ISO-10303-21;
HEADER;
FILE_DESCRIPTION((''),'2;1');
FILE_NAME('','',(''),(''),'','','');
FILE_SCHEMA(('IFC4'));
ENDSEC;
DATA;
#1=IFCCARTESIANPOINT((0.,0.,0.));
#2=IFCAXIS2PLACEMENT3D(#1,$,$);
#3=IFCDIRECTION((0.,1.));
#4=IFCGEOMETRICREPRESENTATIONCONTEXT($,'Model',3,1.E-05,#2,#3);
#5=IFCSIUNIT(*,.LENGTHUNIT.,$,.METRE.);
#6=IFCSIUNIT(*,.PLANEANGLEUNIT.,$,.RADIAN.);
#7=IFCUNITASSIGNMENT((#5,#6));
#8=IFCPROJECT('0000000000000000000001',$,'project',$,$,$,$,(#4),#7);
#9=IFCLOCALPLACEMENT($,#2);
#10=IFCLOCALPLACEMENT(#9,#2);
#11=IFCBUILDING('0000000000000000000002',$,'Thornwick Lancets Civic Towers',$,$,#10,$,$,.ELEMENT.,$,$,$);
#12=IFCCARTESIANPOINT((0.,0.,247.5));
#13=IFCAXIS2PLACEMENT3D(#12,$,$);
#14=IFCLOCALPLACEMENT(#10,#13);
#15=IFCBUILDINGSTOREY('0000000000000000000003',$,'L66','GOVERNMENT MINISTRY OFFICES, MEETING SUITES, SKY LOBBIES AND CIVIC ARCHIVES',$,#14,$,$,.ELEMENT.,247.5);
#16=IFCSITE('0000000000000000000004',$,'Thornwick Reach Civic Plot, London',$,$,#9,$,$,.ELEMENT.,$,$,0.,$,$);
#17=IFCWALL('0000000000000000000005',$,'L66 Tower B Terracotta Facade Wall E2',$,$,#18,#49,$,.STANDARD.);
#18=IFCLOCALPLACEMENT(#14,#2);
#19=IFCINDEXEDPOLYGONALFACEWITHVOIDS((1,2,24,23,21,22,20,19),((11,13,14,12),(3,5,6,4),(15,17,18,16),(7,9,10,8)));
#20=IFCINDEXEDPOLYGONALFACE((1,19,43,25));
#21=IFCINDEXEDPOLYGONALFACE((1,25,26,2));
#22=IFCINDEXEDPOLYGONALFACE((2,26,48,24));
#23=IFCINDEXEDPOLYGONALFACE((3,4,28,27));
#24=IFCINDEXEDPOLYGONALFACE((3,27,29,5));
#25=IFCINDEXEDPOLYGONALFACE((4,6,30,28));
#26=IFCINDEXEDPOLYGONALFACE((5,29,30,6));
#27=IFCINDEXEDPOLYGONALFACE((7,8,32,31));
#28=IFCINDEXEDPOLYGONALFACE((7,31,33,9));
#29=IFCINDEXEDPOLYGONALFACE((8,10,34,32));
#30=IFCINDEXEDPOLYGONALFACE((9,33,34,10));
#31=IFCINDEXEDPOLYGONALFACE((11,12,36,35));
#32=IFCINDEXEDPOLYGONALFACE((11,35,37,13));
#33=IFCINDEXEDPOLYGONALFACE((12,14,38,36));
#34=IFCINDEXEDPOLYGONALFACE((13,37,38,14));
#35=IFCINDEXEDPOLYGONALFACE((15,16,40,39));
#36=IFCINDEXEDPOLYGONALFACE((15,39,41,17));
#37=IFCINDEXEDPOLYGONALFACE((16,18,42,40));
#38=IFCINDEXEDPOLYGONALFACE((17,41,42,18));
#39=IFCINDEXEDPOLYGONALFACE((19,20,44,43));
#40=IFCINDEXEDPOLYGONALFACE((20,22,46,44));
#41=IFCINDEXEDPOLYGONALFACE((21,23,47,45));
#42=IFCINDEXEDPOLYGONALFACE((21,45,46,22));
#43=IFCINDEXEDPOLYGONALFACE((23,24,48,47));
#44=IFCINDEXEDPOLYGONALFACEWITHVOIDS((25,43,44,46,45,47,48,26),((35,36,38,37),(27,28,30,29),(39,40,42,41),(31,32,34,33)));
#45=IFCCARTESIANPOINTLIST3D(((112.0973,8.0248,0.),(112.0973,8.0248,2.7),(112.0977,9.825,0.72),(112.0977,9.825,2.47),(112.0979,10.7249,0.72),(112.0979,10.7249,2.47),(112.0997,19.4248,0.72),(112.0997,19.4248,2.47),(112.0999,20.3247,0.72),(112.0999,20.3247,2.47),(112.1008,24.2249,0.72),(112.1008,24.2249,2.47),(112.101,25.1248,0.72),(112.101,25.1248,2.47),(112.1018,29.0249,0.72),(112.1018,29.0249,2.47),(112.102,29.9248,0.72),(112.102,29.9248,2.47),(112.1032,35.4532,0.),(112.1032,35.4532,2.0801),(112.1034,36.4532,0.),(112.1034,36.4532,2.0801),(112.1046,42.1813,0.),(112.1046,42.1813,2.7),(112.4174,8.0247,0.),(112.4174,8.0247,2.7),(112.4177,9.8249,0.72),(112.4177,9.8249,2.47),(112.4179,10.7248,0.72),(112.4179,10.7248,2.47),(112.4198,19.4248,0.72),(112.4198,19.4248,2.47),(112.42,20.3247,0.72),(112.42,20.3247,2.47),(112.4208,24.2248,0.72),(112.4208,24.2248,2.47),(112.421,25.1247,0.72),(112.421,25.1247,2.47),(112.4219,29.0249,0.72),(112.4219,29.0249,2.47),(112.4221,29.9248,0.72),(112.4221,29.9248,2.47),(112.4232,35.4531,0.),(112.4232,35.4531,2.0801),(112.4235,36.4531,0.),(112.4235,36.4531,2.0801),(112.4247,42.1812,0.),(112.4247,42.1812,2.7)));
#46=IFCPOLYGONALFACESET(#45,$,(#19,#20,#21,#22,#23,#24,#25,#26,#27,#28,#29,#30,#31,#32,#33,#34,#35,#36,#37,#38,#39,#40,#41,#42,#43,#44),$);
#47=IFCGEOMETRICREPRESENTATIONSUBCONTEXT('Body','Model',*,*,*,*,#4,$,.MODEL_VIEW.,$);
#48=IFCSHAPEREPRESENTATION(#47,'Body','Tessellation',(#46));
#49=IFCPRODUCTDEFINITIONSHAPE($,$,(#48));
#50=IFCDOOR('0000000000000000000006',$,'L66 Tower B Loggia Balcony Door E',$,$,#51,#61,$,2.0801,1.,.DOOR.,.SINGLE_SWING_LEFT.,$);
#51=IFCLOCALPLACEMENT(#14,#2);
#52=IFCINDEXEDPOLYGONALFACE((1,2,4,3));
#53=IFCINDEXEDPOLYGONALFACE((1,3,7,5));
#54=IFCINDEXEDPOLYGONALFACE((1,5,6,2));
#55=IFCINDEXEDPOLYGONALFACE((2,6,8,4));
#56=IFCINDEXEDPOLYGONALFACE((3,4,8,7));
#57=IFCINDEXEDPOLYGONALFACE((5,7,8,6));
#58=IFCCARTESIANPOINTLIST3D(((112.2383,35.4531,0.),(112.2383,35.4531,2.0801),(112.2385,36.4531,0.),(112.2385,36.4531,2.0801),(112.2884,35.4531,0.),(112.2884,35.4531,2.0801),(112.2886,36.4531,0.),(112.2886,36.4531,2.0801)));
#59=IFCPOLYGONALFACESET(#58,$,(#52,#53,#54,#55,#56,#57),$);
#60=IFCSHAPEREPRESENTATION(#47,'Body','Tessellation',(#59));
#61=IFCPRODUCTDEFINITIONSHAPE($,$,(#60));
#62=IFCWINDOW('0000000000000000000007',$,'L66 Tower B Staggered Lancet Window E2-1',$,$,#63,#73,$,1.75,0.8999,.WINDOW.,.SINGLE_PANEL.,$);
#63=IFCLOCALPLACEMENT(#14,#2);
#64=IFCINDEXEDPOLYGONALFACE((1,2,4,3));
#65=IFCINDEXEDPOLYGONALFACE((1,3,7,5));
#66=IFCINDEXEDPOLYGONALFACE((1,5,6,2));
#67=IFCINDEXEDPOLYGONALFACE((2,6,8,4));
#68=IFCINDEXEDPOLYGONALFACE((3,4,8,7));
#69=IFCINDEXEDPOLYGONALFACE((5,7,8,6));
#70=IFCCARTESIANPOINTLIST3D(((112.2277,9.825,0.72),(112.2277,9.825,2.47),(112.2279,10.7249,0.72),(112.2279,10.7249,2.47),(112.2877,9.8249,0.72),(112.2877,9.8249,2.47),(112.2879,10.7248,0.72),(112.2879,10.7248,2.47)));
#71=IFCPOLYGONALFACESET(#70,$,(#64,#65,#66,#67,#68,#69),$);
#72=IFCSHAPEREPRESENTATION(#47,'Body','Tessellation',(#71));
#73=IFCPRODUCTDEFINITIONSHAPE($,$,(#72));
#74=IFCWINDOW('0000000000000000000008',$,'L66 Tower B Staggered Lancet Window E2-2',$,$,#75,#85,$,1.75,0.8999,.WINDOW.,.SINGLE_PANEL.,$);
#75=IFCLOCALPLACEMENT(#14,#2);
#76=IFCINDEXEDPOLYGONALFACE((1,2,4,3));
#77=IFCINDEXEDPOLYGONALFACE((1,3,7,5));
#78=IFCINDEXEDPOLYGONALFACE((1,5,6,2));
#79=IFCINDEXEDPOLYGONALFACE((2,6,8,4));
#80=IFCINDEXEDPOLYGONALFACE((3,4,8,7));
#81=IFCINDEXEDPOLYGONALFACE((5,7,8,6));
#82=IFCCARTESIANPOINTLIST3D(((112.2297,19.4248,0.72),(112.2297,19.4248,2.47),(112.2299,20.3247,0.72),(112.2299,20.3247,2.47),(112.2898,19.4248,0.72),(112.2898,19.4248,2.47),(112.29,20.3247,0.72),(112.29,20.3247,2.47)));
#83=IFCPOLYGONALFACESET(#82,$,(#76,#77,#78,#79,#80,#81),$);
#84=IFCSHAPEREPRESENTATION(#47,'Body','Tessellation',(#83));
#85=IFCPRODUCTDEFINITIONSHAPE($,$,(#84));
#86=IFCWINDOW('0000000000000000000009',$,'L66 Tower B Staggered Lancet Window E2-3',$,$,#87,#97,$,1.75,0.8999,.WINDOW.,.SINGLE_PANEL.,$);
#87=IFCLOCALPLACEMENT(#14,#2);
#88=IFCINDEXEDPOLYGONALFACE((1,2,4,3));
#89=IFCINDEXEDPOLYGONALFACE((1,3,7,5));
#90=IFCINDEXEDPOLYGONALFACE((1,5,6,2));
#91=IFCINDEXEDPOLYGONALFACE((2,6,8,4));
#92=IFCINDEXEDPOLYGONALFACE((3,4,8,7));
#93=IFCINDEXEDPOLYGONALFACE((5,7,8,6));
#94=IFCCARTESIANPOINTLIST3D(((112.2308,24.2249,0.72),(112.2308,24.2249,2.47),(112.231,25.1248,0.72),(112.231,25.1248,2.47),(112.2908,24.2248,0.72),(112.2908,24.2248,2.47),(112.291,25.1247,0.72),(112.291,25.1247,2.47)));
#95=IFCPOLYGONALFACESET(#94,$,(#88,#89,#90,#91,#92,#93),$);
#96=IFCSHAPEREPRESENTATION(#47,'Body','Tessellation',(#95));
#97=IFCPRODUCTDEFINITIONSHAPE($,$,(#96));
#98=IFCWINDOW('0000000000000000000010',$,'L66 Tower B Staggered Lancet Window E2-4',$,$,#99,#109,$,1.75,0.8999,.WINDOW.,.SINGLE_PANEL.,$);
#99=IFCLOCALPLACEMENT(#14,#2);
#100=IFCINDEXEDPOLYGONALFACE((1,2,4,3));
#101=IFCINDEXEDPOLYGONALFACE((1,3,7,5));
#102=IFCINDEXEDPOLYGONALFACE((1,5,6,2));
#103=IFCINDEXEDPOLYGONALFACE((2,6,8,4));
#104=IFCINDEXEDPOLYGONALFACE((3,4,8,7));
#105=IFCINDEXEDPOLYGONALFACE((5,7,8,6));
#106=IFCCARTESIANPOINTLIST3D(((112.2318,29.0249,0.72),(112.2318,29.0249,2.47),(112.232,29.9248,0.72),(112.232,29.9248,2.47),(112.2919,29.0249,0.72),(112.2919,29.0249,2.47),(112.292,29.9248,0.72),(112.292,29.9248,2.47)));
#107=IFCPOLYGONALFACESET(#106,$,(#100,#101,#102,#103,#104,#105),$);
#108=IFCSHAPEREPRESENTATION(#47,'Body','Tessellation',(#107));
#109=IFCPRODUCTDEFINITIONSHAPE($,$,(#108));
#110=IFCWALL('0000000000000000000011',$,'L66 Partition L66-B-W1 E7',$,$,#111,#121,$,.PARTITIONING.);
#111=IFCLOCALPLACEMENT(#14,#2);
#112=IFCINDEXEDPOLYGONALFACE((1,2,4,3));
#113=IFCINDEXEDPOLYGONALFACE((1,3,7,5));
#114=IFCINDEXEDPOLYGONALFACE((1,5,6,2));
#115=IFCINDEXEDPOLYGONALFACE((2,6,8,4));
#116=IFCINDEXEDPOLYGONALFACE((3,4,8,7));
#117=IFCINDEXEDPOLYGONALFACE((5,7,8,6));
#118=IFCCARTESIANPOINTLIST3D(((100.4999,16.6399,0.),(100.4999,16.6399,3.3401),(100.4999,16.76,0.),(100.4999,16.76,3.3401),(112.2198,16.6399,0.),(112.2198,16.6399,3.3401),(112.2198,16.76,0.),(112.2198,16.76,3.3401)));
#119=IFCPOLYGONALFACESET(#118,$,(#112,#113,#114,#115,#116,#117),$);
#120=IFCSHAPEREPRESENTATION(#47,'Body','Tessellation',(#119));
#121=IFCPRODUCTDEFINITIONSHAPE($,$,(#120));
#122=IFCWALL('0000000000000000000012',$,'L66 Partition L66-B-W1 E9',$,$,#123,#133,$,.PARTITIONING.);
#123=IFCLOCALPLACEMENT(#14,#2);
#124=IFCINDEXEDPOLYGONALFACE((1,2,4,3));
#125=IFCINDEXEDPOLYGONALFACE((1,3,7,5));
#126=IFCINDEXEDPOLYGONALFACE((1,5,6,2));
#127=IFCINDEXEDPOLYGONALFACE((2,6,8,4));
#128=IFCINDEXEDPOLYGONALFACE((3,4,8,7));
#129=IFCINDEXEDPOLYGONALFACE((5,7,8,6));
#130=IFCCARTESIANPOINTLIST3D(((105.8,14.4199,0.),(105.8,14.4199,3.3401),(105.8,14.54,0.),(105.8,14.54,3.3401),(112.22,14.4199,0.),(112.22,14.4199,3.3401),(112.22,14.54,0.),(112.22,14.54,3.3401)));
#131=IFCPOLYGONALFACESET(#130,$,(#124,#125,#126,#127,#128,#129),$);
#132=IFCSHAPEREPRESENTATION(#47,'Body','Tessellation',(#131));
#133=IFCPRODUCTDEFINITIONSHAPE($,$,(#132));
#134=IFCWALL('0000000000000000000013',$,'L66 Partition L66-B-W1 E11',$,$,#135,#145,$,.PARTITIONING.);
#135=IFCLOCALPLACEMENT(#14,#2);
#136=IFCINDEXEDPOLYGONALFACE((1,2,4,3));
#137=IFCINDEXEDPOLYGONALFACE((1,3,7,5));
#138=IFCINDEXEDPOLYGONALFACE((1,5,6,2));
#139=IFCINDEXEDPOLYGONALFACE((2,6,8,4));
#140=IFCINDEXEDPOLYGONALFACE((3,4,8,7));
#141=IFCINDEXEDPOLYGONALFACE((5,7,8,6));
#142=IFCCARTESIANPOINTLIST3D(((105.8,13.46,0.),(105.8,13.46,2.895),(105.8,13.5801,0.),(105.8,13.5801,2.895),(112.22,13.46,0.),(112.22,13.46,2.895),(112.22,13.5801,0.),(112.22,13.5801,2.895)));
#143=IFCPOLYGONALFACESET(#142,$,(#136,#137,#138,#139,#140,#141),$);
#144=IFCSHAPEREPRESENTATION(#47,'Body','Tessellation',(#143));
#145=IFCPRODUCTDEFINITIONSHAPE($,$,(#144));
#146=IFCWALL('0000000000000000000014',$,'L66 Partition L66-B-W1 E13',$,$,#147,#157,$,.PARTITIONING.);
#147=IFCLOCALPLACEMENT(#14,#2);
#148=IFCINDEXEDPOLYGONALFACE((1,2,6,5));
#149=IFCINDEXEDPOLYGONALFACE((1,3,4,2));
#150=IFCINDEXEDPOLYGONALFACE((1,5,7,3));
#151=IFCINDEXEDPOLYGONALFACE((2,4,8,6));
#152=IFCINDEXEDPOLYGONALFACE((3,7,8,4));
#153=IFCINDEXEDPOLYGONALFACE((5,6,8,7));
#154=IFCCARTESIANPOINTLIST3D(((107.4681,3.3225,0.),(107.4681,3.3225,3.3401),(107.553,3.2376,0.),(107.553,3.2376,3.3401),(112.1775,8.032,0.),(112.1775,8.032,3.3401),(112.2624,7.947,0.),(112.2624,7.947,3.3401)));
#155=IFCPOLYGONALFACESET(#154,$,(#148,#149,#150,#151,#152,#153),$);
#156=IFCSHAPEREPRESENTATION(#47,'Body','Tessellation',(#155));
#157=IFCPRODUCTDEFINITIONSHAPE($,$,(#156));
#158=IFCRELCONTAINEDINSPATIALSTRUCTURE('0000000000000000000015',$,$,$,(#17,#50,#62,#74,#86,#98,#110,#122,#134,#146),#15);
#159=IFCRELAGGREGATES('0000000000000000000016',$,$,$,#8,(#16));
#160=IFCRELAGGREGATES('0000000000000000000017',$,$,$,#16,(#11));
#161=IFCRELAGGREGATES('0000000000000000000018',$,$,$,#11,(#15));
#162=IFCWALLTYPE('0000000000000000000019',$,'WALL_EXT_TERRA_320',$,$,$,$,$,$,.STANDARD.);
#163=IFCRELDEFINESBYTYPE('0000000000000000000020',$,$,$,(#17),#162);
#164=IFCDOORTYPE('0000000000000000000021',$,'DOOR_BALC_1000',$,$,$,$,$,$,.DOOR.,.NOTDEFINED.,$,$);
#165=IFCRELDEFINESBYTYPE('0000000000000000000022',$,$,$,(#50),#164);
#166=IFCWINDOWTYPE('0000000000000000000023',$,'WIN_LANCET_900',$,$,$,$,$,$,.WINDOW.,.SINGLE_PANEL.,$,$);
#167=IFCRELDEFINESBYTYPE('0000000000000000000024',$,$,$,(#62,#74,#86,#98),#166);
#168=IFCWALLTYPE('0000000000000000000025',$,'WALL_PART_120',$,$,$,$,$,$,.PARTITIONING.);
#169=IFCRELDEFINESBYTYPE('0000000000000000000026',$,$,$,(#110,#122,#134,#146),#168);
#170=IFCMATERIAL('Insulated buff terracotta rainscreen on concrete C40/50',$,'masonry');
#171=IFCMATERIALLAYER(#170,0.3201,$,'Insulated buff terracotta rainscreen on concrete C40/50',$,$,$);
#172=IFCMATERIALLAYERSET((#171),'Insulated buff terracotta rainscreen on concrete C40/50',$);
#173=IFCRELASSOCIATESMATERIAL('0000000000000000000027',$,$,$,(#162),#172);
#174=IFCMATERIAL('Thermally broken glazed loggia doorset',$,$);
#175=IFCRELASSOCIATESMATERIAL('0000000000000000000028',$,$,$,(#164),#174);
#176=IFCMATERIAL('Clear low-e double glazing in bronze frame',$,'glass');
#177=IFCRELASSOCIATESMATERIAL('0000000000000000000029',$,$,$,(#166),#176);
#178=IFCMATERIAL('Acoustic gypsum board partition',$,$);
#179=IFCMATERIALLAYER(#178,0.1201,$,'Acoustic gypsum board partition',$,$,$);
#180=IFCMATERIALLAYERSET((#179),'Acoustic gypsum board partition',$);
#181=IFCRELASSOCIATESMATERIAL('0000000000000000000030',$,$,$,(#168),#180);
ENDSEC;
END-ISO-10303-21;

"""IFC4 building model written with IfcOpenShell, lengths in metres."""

from ifc_helpers import new_model, si_unit, direction, frame, frame_2d, origin, place, context, subcontext, project, spatial, rectangle, extrude, material, layer, layer_set, type_object, element, fill, save


model = new_model("IFC4")

# Units and contexts
model_context = context("Model", 3, precision=1e-05, world=origin(), true_north=direction((0.0, 1.0)))
body_context = subcontext(model_context, "Body", "Model", "MODEL_VIEW")
ifc_project = project(units=[si_unit("LENGTHUNIT", "METRE"), si_unit("PLANEANGLEUNIT", "RADIAN")], contexts=[model_context])

# Site, building, storey
site_placement = place(None, origin())
site = spatial("IfcSite", under=ifc_project, at=site_placement, Name="Thornwick Reach Civic Plot, London", CompositionType="ELEMENT", RefElevation=0.0)
building_placement = place(site_placement, origin())
building = spatial("IfcBuilding", under=site, at=building_placement, Name="Thornwick Lancets Civic Towers", CompositionType="ELEMENT")
storey_placement = place(building_placement, frame((0.0, 0.0, 247.5)))
storey = spatial("IfcBuildingStorey", under=building, at=storey_placement, Name="L66", Description="GOVERNMENT MINISTRY OFFICES, MEETING SUITES, SKY LOBBIES AND CIVIC ARCHIVES", CompositionType="ELEMENT", Elevation=247.5)

# Wall, openings, door, windows
ifc_material_1 = material(Name="Insulated buff terracotta rainscreen on concrete C40/50", Category="masonry")
ifc_layer_1 = layer(ifc_material_1, 0.3201, Name="Insulated buff terracotta rainscreen on concrete C40/50")
ifc_layer_set_1 = layer_set([ifc_layer_1], Name="Insulated buff terracotta rainscreen on concrete C40/50")
wall_type_1 = type_object("IfcWallType", Name="WALL_EXT_TERRA_320", PredefinedType="STANDARD", material=ifc_layer_set_1)
wall_1_placement = place(storey_placement, frame((112.2573, 8.0249, 0.0), z_axis=(0.0, 0.0, 1.0), x_axis=(0.000214, 1.0, 0.0)))
wall_1 = element("IfcWall", 1, at=wall_1_placement, inside=storey, type_object=wall_type_1, Name="L66 Tower B Terracotta Facade Wall E2", PredefinedType="STANDARD", context=body_context, shape_type="SweptSolid", body=[
    extrude(rectangle(XDim=34.1565, YDim=0.3201, at=frame_2d((17.0781, 0.0))), origin(), (0.0, 0.0, 1.0), 2.7),
])
opening_1_placement = place(wall_1_placement, frame((27.4282, 0.0, 0.0)))
opening_1 = element("IfcOpeningElement", 2, at=opening_1_placement, cuts=wall_1, PredefinedType="OPENING", context=body_context, shape_type="SweptSolid", body=[
    extrude(rectangle(XDim=1.0, YDim=2.0801, at=frame_2d((0.5, 1.04))), frame((0.0, 0.1699, 0.0), z_axis=(0.0, -1.0, 0.0), x_axis=(1.0, 0.0, 0.0)), (0.0, 0.0, 1.0), 0.3401),
])
opening_2_placement = place(wall_1_placement, frame((1.8, 0.0, 0.72)))
opening_2 = element("IfcOpeningElement", 3, at=opening_2_placement, cuts=wall_1, PredefinedType="OPENING", context=body_context, shape_type="SweptSolid", body=[
    extrude(rectangle(XDim=0.8999, YDim=1.75, at=frame_2d((0.45, 0.875))), frame((0.0, 0.1699, 0.0), z_axis=(0.0, -1.0, 0.0), x_axis=(1.0, 0.0, 0.0)), (0.0, 0.0, 1.0), 0.3401),
])
opening_3_placement = place(wall_1_placement, frame((11.3999, 0.0, 0.72)))
opening_3 = element("IfcOpeningElement", 4, at=opening_3_placement, cuts=wall_1, PredefinedType="OPENING", context=body_context, shape_type="SweptSolid", body=[
    extrude(rectangle(XDim=0.8999, YDim=1.75, at=frame_2d((0.45, 0.875))), frame((0.0, 0.1699, 0.0), z_axis=(0.0, -1.0, 0.0), x_axis=(1.0, 0.0, 0.0)), (0.0, 0.0, 1.0), 0.3401),
])
opening_4_placement = place(wall_1_placement, frame((16.2, 0.0, 0.72)))
opening_4 = element("IfcOpeningElement", 5, at=opening_4_placement, cuts=wall_1, PredefinedType="OPENING", context=body_context, shape_type="SweptSolid", body=[
    extrude(rectangle(XDim=0.8999, YDim=1.75, at=frame_2d((0.45, 0.875))), frame((0.0, 0.1699, 0.0), z_axis=(0.0, -1.0, 0.0), x_axis=(1.0, 0.0, 0.0)), (0.0, 0.0, 1.0), 0.3401),
])
opening_5_placement = place(wall_1_placement, frame((21.0, 0.0, 0.72)))
opening_5 = element("IfcOpeningElement", 6, at=opening_5_placement, cuts=wall_1, PredefinedType="OPENING", context=body_context, shape_type="SweptSolid", body=[
    extrude(rectangle(XDim=0.8999, YDim=1.75, at=frame_2d((0.45, 0.875))), frame((0.0, 0.1699, 0.0), z_axis=(0.0, -1.0, 0.0), x_axis=(1.0, 0.0, 0.0)), (0.0, 0.0, 1.0), 0.3401),
])
ifc_material_2 = material(Name="Thermally broken glazed loggia doorset")
door_type_1 = type_object("IfcDoorType", Name="DOOR_BALC_1000", OperationType="NOTDEFINED", PredefinedType="DOOR", material=ifc_material_2)
door_1_placement = place(opening_1_placement, origin())
door_1 = element("IfcDoor", 7, at=door_1_placement, inside=storey, type_object=door_type_1, Name="L66 Tower B Loggia Balcony Door E", OperationType="SINGLE_SWING_LEFT", OverallHeight=2.0801, OverallWidth=1.0, PredefinedType="DOOR", context=body_context, shape_type="SweptSolid", body=[
    extrude(rectangle(XDim=1.0, YDim=2.0801, at=frame_2d((0.5, 1.04))), frame((0.0, 0.0249, 0.0), z_axis=(0.0, -1.0, 0.0), x_axis=(1.0, 0.0, 0.0)), (0.0, 0.0, 1.0), 0.05),
])
fill(opening_1, door_1)
ifc_material_3 = material(Name="Clear low-e double glazing in bronze frame", Category="glass")
window_type = type_object("IfcWindowType", Name="WIN_LANCET_900", PartitioningType="SINGLE_PANEL", PredefinedType="WINDOW", material=ifc_material_3)
window_1_placement = place(opening_2_placement, origin())
window_1 = element("IfcWindow", 8, at=window_1_placement, inside=storey, type_object=window_type, Name="L66 Tower B Staggered Lancet Window E2-1", OverallHeight=1.75, OverallWidth=0.8999, PartitioningType="SINGLE_PANEL", PredefinedType="WINDOW", context=body_context, shape_type="SweptSolid", body=[
    extrude(rectangle(XDim=0.8999, YDim=1.75, at=frame_2d((0.45, 0.875))), frame((0.0, 0.03, 0.0), z_axis=(0.0, -1.0, 0.0), x_axis=(1.0, 0.0, 0.0)), (0.0, 0.0, 1.0), 0.0601),
])
fill(opening_2, window_1)
window_2_placement = place(opening_3_placement, origin())
window_2 = element("IfcWindow", 9, at=window_2_placement, inside=storey, type_object=window_type, Name="L66 Tower B Staggered Lancet Window E2-2", OverallHeight=1.75, OverallWidth=0.8999, PartitioningType="SINGLE_PANEL", PredefinedType="WINDOW", context=body_context, shape_type="SweptSolid", body=[
    extrude(rectangle(XDim=0.8999, YDim=1.75, at=frame_2d((0.45, 0.875))), frame((0.0, 0.03, 0.0), z_axis=(0.0, -1.0, 0.0), x_axis=(1.0, 0.0, 0.0)), (0.0, 0.0, 1.0), 0.0601),
])
fill(opening_3, window_2)
window_3_placement = place(opening_4_placement, origin())
window_3 = element("IfcWindow", 10, at=window_3_placement, inside=storey, type_object=window_type, Name="L66 Tower B Staggered Lancet Window E2-3", OverallHeight=1.75, OverallWidth=0.8999, PartitioningType="SINGLE_PANEL", PredefinedType="WINDOW", context=body_context, shape_type="SweptSolid", body=[
    extrude(rectangle(XDim=0.8999, YDim=1.75, at=frame_2d((0.45, 0.875))), frame((0.0, 0.03, 0.0), z_axis=(0.0, -1.0, 0.0), x_axis=(1.0, 0.0, 0.0)), (0.0, 0.0, 1.0), 0.0601),
])
fill(opening_4, window_3)
window_4_placement = place(opening_5_placement, origin())
window_4 = element("IfcWindow", 11, at=window_4_placement, inside=storey, type_object=window_type, Name="L66 Tower B Staggered Lancet Window E2-4", OverallHeight=1.75, OverallWidth=0.8999, PartitioningType="SINGLE_PANEL", PredefinedType="WINDOW", context=body_context, shape_type="SweptSolid", body=[
    extrude(rectangle(XDim=0.8999, YDim=1.75, at=frame_2d((0.45, 0.875))), frame((0.0, 0.03, 0.0), z_axis=(0.0, -1.0, 0.0), x_axis=(1.0, 0.0, 0.0)), (0.0, 0.0, 1.0), 0.0601),
])
fill(opening_5, window_4)

# Walls
ifc_material_4 = material(Name="Acoustic gypsum board partition")
ifc_layer_2 = layer(ifc_material_4, 0.1201, Name="Acoustic gypsum board partition")
ifc_layer_set_2 = layer_set([ifc_layer_2], Name="Acoustic gypsum board partition")
wall_type_2 = type_object("IfcWallType", Name="WALL_PART_120", PredefinedType="PARTITIONING", material=ifc_layer_set_2)
wall_2_placement = place(storey_placement, frame((100.5, 16.7, 0.0), z_axis=(0.0, 0.0, 1.0), x_axis=(1.0, 0.0, 0.0)))
element("IfcWall", 12, at=wall_2_placement, inside=storey, type_object=wall_type_2, Name="L66 Partition L66-B-W1 E7", PredefinedType="PARTITIONING", context=body_context, shape_type="SweptSolid", body=[
    extrude(rectangle(XDim=11.72, YDim=0.1201, at=frame_2d((5.8599, 0.0))), origin(), (0.0, 0.0, 1.0), 3.3401),
])
wall_3_placement = place(storey_placement, frame((112.22, 14.48, 0.0), z_axis=(0.0, 0.0, 1.0), x_axis=(-1.0, 0.0, 0.0)))
element("IfcWall", 13, at=wall_3_placement, inside=storey, type_object=wall_type_2, Name="L66 Partition L66-B-W1 E9", PredefinedType="PARTITIONING", context=body_context, shape_type="SweptSolid", body=[
    extrude(rectangle(XDim=6.4199, YDim=0.1201, at=frame_2d((3.21, 0.0))), origin(), (0.0, 0.0, 1.0), 3.3401),
])
wall_4_placement = place(storey_placement, frame((105.8, 13.52, 0.0), z_axis=(0.0, 0.0, 1.0), x_axis=(1.0, 0.0, 0.0)))
element("IfcWall", 14, at=wall_4_placement, inside=storey, type_object=wall_type_2, Name="L66 Partition L66-B-W1 E11", PredefinedType="PARTITIONING", context=body_context, shape_type="SweptSolid", body=[
    extrude(rectangle(XDim=6.4199, YDim=0.1201, at=frame_2d((3.21, 0.0))), origin(), (0.0, 0.0, 1.0), 2.895),
])
wall_5_placement = place(storey_placement, frame((112.22, 7.9895, 0.0), z_axis=(0.0, 0.0, 1.0), x_axis=(-0.707107, -0.707107, 0.0)))
element("IfcWall", 15, at=wall_5_placement, inside=storey, type_object=wall_type_2, Name="L66 Partition L66-B-W1 E13", PredefinedType="PARTITIONING", context=body_context, shape_type="SweptSolid", body=[
    extrude(rectangle(XDim=6.6602, YDim=0.1201, at=frame_2d((3.3301, 0.0))), origin(), (0.0, 0.0, 1.0), 3.3401),
])

save(model, "model.ifc")
